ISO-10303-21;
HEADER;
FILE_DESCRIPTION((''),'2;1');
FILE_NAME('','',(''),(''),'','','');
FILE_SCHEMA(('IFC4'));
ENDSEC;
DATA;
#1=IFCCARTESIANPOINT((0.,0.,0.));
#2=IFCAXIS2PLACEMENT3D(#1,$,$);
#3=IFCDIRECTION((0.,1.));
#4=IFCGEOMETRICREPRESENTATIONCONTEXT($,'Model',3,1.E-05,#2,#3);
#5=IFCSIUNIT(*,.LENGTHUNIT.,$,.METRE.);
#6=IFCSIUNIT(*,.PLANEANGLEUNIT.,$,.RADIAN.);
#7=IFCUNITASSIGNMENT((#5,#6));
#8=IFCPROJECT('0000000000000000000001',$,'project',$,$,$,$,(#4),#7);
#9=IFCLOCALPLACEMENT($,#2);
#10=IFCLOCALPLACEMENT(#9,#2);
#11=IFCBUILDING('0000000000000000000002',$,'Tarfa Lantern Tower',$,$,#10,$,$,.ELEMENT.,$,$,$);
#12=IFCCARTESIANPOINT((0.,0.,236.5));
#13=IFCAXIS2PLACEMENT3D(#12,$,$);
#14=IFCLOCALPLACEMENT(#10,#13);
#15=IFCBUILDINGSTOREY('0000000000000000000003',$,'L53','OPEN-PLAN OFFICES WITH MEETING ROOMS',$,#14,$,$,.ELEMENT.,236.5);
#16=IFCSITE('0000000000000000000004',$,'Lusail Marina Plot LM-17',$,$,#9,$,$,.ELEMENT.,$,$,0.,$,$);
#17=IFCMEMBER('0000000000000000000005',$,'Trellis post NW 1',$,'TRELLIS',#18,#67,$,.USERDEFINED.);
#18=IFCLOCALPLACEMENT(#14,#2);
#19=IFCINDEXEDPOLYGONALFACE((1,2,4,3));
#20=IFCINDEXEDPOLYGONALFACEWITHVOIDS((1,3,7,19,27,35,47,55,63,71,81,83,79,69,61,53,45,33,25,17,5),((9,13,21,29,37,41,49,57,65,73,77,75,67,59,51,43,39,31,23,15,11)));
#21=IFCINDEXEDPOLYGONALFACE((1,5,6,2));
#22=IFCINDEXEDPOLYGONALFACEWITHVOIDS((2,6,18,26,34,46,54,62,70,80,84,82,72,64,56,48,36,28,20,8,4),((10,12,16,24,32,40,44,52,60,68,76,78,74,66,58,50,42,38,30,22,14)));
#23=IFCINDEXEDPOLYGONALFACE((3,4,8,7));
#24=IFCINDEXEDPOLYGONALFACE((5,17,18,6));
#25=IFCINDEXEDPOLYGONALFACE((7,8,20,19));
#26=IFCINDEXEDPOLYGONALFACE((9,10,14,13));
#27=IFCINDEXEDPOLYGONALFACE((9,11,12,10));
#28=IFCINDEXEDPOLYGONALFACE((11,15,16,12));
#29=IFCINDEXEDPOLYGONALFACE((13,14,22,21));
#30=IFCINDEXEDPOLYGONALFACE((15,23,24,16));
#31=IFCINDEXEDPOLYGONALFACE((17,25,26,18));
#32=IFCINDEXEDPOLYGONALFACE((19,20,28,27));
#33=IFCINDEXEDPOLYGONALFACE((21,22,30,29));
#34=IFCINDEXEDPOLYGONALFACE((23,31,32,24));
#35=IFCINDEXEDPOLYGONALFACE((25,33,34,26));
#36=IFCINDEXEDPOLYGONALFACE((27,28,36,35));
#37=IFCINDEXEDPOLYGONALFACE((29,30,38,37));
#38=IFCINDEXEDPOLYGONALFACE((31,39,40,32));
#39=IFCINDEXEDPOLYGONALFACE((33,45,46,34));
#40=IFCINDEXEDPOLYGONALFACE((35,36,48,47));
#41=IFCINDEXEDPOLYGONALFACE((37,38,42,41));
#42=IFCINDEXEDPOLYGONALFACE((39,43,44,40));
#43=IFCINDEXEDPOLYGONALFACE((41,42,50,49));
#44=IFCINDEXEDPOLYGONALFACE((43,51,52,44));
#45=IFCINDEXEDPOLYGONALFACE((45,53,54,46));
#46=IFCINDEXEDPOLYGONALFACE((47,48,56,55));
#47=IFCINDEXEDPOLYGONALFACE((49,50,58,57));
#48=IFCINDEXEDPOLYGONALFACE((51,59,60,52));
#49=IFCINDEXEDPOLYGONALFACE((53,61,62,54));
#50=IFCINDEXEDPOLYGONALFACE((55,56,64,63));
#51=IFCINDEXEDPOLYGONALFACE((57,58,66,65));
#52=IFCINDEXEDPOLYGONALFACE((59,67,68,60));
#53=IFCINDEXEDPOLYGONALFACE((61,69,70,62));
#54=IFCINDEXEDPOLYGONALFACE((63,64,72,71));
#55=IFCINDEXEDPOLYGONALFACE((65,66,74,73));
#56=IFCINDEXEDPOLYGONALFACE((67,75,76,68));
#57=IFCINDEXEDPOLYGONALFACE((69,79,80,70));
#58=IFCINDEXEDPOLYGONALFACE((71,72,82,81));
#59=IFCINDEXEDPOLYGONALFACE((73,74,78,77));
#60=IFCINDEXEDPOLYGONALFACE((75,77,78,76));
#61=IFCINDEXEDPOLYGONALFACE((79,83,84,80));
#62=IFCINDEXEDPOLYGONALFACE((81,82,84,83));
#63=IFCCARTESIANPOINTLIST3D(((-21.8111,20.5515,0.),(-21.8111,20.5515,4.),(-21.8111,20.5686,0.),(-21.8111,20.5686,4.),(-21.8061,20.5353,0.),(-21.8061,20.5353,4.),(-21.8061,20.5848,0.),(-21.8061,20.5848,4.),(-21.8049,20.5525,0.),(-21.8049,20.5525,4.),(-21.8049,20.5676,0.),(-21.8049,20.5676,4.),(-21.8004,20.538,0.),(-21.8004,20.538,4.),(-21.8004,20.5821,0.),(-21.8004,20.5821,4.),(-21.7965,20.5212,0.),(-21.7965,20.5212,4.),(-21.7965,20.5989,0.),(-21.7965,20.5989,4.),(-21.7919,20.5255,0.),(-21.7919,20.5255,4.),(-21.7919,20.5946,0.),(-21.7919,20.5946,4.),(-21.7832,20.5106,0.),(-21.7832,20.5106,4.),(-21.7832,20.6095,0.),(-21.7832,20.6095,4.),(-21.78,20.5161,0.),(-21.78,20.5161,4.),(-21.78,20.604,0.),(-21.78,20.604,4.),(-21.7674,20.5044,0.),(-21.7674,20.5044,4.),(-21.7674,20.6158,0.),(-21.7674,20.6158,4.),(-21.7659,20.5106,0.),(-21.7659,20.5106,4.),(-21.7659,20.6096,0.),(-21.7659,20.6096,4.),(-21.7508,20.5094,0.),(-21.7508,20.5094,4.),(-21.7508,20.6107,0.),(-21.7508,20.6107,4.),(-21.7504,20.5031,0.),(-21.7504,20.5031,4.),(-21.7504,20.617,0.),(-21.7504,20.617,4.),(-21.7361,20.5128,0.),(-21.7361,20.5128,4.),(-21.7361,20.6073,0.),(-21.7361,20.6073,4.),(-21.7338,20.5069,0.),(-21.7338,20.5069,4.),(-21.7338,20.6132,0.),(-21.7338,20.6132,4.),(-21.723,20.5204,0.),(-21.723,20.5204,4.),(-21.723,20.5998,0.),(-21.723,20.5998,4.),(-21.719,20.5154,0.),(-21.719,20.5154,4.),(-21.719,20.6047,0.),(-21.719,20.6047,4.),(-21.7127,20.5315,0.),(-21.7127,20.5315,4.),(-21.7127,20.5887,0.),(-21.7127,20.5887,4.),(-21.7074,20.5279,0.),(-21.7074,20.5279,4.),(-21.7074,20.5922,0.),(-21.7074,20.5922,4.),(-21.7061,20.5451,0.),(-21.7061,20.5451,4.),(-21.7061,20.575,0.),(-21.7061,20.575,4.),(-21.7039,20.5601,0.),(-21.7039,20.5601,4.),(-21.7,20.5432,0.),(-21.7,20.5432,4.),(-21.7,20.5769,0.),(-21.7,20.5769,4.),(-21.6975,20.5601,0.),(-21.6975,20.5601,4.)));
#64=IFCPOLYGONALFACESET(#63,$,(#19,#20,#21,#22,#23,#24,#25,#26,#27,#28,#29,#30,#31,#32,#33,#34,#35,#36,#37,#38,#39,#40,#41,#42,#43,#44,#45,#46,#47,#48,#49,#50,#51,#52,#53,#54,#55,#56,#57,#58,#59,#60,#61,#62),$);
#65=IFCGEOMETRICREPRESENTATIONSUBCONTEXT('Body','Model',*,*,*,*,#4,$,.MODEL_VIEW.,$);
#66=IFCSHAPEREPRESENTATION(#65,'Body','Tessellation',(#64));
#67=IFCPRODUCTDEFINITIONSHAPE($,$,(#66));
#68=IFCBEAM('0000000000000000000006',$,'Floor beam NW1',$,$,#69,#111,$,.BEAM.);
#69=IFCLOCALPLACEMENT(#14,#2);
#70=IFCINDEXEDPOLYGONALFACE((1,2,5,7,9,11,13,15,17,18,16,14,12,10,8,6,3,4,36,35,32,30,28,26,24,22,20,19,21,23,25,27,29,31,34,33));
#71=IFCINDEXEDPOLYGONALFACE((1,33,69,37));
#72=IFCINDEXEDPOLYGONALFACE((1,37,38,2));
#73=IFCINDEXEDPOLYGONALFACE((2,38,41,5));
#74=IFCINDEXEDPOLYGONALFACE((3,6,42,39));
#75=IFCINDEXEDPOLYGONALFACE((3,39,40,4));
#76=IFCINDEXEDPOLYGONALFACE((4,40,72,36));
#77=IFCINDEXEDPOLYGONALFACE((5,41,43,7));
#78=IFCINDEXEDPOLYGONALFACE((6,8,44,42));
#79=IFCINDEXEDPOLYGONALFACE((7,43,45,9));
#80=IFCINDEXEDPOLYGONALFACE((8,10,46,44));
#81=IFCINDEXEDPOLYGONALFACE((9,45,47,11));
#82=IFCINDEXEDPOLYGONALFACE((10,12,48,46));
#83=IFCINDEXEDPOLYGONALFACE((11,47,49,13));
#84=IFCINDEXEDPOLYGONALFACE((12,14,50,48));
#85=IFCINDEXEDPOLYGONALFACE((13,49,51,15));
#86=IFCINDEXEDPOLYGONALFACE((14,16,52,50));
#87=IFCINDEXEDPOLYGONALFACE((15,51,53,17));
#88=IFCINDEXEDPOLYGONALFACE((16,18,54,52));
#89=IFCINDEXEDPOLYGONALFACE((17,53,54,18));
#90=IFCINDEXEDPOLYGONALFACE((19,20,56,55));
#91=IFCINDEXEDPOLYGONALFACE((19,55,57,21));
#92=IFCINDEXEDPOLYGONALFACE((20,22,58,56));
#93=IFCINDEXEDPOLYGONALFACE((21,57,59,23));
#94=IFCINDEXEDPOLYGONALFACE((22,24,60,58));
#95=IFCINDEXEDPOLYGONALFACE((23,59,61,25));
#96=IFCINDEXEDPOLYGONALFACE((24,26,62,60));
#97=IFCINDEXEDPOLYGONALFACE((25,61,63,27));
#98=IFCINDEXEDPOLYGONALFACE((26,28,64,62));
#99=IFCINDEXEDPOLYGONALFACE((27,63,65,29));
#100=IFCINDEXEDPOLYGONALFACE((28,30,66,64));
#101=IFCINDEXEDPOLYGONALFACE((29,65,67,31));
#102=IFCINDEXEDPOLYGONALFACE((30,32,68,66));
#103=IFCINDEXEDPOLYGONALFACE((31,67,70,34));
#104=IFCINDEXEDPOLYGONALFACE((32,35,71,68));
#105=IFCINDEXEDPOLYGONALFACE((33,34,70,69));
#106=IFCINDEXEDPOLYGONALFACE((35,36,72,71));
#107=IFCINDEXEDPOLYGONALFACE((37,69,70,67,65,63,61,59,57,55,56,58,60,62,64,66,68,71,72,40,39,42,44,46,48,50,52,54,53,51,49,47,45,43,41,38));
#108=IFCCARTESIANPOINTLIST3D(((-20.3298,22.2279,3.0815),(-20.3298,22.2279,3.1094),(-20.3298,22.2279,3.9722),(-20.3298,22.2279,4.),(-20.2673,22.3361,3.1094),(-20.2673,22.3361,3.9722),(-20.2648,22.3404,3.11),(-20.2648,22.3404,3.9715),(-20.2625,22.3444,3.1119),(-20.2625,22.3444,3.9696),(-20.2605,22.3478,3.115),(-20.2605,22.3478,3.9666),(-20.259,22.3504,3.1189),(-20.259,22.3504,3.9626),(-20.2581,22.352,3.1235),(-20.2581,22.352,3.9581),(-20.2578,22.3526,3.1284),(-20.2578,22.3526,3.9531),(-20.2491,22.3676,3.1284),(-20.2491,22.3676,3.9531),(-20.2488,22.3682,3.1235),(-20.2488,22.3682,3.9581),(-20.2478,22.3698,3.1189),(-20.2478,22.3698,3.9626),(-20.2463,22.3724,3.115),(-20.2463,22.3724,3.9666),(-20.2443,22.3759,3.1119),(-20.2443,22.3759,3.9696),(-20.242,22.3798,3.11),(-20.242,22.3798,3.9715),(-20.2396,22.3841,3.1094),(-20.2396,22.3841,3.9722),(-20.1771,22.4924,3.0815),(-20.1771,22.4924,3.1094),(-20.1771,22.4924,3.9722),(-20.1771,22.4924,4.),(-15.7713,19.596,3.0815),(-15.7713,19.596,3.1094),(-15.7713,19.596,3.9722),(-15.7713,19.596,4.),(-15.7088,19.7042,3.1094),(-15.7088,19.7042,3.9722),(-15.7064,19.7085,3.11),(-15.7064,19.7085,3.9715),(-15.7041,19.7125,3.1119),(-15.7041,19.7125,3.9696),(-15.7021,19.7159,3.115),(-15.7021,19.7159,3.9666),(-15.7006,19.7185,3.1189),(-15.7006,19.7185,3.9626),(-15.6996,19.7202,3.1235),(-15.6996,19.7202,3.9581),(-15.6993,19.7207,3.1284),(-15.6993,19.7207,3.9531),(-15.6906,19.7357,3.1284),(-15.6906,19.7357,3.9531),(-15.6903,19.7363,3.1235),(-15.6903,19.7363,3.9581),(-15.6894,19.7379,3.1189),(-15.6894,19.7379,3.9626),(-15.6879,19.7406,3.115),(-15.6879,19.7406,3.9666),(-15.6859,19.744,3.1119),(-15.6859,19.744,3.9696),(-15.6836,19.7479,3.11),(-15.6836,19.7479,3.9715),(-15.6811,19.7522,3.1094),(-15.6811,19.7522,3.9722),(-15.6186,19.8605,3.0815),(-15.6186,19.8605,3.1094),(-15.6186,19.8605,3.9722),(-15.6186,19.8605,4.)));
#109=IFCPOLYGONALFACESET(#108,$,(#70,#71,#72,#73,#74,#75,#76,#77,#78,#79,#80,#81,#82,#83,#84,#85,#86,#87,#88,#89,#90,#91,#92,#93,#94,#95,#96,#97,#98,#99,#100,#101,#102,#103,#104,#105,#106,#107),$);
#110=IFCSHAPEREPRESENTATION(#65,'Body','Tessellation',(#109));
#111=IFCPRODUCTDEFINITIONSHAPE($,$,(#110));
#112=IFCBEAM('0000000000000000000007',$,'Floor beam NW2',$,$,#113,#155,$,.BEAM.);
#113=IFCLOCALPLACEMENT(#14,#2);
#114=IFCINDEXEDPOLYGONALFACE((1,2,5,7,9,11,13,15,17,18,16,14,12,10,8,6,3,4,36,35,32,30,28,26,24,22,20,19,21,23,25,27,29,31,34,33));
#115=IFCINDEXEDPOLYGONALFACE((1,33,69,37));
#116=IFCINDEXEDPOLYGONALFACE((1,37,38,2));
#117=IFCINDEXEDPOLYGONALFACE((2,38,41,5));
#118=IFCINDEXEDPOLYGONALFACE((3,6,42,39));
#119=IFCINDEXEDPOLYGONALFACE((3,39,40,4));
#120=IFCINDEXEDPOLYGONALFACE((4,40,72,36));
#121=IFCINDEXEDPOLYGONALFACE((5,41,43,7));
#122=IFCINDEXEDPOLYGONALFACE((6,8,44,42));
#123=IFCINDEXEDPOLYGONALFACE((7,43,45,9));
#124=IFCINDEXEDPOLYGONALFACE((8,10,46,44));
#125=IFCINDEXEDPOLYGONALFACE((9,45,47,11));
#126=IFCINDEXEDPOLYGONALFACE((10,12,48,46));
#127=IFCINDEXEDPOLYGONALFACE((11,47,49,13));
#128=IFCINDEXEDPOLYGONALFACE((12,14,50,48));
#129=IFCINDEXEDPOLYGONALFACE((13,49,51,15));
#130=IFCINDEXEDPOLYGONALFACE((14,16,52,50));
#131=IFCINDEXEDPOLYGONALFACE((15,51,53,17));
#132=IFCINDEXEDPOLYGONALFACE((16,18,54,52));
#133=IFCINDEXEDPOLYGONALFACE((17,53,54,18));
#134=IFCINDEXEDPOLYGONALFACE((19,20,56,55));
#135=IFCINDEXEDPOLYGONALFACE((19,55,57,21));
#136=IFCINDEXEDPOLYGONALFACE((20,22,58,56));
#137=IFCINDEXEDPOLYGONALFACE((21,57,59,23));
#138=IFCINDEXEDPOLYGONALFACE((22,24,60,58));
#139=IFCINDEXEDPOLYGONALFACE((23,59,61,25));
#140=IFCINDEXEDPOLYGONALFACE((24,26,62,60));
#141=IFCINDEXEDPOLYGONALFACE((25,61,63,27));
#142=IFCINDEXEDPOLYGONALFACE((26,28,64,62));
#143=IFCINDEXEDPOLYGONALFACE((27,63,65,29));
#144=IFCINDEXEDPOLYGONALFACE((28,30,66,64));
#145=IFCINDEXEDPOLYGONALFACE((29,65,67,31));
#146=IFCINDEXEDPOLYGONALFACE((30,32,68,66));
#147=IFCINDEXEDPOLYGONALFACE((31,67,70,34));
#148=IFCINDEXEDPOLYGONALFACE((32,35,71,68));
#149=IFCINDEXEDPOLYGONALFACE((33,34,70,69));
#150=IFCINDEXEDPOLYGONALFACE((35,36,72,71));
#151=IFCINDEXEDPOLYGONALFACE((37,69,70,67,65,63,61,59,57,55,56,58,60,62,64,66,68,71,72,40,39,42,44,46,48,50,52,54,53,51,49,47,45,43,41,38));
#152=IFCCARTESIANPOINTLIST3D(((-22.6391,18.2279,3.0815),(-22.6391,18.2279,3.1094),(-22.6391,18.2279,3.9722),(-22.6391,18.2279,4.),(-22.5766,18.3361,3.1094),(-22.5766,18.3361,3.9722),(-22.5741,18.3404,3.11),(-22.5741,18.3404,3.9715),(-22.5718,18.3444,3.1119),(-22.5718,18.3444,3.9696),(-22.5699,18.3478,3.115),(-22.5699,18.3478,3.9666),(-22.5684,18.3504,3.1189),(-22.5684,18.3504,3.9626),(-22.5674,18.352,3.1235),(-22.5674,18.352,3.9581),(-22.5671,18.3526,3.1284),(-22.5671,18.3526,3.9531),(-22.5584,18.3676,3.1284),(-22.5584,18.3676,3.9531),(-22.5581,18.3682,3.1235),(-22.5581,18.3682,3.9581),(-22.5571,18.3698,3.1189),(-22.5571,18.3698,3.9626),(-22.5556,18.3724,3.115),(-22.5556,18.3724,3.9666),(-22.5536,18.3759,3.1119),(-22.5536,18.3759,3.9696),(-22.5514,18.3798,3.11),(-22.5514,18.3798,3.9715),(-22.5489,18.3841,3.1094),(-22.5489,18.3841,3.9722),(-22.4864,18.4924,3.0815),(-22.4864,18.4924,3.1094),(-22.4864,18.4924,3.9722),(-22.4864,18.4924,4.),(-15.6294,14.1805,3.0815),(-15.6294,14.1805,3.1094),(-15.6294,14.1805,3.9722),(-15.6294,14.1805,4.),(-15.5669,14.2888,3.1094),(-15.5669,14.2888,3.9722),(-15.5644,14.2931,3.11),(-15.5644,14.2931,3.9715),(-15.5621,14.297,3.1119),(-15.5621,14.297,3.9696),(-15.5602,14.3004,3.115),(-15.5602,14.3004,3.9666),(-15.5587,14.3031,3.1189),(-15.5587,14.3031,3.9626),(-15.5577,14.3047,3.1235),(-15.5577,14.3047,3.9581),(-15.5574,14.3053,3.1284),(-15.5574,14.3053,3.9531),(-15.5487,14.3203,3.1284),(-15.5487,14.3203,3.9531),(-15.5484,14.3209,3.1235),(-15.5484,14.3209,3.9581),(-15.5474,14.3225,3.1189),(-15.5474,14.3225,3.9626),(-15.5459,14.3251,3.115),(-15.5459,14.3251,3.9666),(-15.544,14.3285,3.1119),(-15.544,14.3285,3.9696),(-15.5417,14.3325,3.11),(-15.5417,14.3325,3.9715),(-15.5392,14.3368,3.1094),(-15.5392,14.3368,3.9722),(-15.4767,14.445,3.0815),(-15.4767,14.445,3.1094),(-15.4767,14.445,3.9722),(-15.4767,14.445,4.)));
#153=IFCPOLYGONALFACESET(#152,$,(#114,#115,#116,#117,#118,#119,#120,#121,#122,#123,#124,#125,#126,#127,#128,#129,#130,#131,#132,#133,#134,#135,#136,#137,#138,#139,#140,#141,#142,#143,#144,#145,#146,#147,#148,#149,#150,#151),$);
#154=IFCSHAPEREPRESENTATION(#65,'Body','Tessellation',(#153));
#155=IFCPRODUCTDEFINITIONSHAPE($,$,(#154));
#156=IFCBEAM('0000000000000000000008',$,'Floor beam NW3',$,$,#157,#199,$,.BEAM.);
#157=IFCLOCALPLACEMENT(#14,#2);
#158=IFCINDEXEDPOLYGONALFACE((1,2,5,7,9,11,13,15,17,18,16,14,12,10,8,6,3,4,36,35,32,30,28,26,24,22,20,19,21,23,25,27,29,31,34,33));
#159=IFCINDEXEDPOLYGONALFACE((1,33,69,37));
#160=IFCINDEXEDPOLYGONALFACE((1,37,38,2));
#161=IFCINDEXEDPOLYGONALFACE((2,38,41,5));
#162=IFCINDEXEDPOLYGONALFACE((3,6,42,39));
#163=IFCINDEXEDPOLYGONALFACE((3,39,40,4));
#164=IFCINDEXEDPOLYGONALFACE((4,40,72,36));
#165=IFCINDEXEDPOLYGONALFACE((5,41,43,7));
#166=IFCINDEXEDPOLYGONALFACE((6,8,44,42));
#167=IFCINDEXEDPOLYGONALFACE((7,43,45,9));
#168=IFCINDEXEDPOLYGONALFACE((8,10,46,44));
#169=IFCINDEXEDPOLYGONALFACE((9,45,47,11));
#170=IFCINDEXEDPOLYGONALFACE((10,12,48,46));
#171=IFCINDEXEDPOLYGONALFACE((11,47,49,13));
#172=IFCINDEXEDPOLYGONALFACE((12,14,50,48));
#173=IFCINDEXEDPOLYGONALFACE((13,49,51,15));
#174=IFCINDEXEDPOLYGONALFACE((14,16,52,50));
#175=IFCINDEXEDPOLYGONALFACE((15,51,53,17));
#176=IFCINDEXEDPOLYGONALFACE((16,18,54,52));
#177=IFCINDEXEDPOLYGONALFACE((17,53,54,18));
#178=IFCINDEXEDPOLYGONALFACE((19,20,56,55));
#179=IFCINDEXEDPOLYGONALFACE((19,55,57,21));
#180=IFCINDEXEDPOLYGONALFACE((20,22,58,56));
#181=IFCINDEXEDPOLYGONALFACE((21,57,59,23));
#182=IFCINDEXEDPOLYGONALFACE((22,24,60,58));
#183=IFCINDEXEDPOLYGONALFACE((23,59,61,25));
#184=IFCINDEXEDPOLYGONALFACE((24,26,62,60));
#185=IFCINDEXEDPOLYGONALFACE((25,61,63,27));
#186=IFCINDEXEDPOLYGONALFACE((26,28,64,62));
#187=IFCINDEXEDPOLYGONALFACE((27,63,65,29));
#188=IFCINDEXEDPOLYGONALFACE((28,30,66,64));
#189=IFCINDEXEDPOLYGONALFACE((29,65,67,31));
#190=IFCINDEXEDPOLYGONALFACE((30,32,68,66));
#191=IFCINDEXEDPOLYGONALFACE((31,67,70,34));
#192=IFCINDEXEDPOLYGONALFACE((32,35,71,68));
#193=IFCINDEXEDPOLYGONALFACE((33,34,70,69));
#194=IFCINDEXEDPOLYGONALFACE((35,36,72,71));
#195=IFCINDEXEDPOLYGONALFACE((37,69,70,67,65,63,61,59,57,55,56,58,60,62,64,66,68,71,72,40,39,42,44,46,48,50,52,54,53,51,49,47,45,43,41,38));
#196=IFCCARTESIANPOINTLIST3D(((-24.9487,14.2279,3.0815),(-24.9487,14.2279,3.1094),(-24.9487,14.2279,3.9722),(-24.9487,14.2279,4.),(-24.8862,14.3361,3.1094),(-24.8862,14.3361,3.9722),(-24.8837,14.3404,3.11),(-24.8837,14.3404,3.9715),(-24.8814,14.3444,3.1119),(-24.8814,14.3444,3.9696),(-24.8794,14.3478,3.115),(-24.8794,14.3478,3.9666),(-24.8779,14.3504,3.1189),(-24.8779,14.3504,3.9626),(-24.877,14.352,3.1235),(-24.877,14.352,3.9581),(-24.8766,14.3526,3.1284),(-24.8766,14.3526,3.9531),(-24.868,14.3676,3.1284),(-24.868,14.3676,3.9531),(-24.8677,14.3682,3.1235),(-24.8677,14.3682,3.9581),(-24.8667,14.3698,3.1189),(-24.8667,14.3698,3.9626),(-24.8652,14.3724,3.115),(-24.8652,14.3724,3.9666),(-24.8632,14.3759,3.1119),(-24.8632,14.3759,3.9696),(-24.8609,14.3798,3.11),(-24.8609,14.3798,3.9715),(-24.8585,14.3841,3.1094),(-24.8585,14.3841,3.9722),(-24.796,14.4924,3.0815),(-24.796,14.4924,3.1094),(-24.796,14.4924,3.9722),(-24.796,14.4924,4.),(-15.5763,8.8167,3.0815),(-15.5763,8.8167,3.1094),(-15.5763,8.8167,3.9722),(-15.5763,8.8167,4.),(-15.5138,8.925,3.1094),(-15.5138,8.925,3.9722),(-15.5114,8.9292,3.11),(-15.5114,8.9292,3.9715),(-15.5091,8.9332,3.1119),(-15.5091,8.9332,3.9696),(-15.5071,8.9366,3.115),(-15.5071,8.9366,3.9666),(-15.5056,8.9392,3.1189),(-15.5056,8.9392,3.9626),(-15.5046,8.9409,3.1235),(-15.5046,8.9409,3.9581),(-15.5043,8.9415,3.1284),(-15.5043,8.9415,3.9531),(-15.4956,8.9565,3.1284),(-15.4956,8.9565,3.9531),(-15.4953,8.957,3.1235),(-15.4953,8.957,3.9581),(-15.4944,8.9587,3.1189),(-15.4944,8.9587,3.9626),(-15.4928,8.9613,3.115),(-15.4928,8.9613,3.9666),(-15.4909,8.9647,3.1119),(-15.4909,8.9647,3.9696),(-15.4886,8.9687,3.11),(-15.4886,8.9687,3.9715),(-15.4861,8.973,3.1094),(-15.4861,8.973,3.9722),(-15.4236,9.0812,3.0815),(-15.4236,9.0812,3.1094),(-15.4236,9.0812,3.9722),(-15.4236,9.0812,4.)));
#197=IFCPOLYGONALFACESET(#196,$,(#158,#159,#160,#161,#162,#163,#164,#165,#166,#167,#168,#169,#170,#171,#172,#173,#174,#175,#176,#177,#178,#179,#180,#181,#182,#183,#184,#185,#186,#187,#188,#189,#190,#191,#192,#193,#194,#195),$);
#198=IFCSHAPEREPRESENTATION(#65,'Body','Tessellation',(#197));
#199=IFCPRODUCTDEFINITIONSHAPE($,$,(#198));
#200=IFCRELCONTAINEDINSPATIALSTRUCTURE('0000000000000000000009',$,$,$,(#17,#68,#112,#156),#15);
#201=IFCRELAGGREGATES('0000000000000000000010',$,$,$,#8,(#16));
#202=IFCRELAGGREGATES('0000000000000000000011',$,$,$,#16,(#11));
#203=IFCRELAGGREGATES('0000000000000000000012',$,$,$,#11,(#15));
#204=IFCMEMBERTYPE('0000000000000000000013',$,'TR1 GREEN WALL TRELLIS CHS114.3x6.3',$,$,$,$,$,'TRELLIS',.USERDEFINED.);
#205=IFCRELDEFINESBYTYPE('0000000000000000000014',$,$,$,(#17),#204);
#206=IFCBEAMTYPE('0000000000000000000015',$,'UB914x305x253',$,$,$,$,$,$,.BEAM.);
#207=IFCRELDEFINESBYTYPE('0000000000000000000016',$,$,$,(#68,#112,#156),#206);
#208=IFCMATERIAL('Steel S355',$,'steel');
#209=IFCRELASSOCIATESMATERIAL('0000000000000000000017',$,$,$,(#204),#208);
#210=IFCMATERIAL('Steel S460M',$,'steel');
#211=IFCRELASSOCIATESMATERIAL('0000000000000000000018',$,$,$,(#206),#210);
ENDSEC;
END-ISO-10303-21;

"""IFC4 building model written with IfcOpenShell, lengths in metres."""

from ifc_helpers import new_model, si_unit, direction, frame, origin, origin_2d, place, context, subcontext, project, spatial, hollow_circle, i_section, extrude, material, material_profile, profile_set, type_object, element, save


model = new_model("IFC4")

# Units and contexts
model_context = context("Model", 3, precision=1e-05, world=origin(), true_north=direction((0.0, 1.0)))
body_context = subcontext(model_context, "Body", "Model", "MODEL_VIEW")
ifc_project = project(units=[si_unit("LENGTHUNIT", "METRE"), si_unit("PLANEANGLEUNIT", "RADIAN")], contexts=[model_context])

# Site, building, storey
site_placement = place(None, origin())
site = spatial("IfcSite", under=ifc_project, at=site_placement, Name="Lusail Marina Plot LM-17", CompositionType="ELEMENT", RefElevation=0.0)
building_placement = place(site_placement, origin())
building = spatial("IfcBuilding", under=site, at=building_placement, Name="Tarfa Lantern Tower", CompositionType="ELEMENT")
storey_placement = place(building_placement, frame((0.0, 0.0, 236.5)))
storey = spatial("IfcBuildingStorey", under=building, at=storey_placement, Name="L53", Description="OPEN-PLAN OFFICES WITH MEETING ROOMS", CompositionType="ELEMENT", Elevation=236.5)

# Member
ifc_material_1 = material(Name="Steel S355", Category="steel")
ifc_material_profile_1 = material_profile(ifc_material_1, hollow_circle(Radius=0.0571, WallThickness=0.0063, at=origin_2d()), Name="CHS114.3x6.3")
ifc_profile_set_1 = profile_set([ifc_material_profile_1], Name="Steel S355")
member_type_1 = type_object("IfcMemberType", Name="TR1 GREEN WALL TRELLIS CHS114.3x6.3", ElementType="TRELLIS", PredefinedType="USERDEFINED", material=ifc_profile_set_1)
member_1_placement = place(storey_placement, frame((-21.7546, 20.5601, 0.0), z_axis=(0.0, 0.0, 1.0), x_axis=(1.0, 0.0, 0.0)))
element("IfcMember", 1, at=member_1_placement, inside=storey, type_object=member_type_1, Name="Trellis post NW 1", ObjectType="TRELLIS", PredefinedType="USERDEFINED", context=body_context, shape_type="SweptSolid", body=[
    extrude(hollow_circle(Radius=0.0571, WallThickness=0.0063, at=origin_2d()), origin(), (0.0, 0.0, 1.0), 4.0),
])

# Beams
ifc_material_2 = material(Name="Steel S460M", Category="steel")
ifc_material_profile_2 = material_profile(ifc_material_2, i_section(OverallWidth=0.3054, OverallDepth=0.9185, WebThickness=0.0173, FlangeThickness=0.0278, FilletRadius=0.019, at=origin_2d()), Name="UB914x305x253")
ifc_profile_set_2 = profile_set([ifc_material_profile_2], Name="Steel S460M")
beam_type_1 = type_object("IfcBeamType", Name="UB914x305x253", PredefinedType="BEAM", material=ifc_profile_set_2)
beam_1_placement = place(storey_placement, frame((-20.2534, 22.3601, 3.5408), z_axis=(0.86602, -0.50001, 0.0), x_axis=(0.50001, 0.86602, 0.0)))
element("IfcBeam", 2, at=beam_1_placement, inside=storey, type_object=beam_type_1, Name="Floor beam NW1", PredefinedType="BEAM", context=body_context, shape_type="SweptSolid", body=[
    extrude(i_section(OverallWidth=0.3054, OverallDepth=0.9185, WebThickness=0.0173, FlangeThickness=0.0278, FilletRadius=0.019, at=origin_2d()), origin(), (0.0, 0.0, 1.0), 5.2637),
])
beam_2_placement = place(storey_placement, frame((-22.5627, 18.3601, 3.5408), z_axis=(0.866011, -0.500025, 0.0), x_axis=(0.500025, 0.866011, 0.0)))
element("IfcBeam", 3, at=beam_2_placement, inside=storey, type_object=beam_type_1, Name="Floor beam NW2", PredefinedType="BEAM", context=body_context, shape_type="SweptSolid", body=[
    extrude(i_section(OverallWidth=0.3054, OverallDepth=0.9185, WebThickness=0.0173, FlangeThickness=0.0278, FilletRadius=0.019, at=origin_2d()), origin(), (0.0, 0.0, 1.0), 8.0942),
])
beam_3_placement = place(storey_placement, frame((-24.8723, 14.3601, 3.5408), z_axis=(0.866024, -0.500002, 0.0), x_axis=(0.500002, 0.866024, 0.0)))
element("IfcBeam", 4, at=beam_3_placement, inside=storey, type_object=beam_type_1, Name="Floor beam NW3", PredefinedType="BEAM", context=body_context, shape_type="SweptSolid", body=[
    extrude(i_section(OverallWidth=0.3054, OverallDepth=0.9185, WebThickness=0.0173, FlangeThickness=0.0278, FilletRadius=0.019, at=origin_2d()), origin(), (0.0, 0.0, 1.0), 10.8223),
])

save(model, "model.ifc")
